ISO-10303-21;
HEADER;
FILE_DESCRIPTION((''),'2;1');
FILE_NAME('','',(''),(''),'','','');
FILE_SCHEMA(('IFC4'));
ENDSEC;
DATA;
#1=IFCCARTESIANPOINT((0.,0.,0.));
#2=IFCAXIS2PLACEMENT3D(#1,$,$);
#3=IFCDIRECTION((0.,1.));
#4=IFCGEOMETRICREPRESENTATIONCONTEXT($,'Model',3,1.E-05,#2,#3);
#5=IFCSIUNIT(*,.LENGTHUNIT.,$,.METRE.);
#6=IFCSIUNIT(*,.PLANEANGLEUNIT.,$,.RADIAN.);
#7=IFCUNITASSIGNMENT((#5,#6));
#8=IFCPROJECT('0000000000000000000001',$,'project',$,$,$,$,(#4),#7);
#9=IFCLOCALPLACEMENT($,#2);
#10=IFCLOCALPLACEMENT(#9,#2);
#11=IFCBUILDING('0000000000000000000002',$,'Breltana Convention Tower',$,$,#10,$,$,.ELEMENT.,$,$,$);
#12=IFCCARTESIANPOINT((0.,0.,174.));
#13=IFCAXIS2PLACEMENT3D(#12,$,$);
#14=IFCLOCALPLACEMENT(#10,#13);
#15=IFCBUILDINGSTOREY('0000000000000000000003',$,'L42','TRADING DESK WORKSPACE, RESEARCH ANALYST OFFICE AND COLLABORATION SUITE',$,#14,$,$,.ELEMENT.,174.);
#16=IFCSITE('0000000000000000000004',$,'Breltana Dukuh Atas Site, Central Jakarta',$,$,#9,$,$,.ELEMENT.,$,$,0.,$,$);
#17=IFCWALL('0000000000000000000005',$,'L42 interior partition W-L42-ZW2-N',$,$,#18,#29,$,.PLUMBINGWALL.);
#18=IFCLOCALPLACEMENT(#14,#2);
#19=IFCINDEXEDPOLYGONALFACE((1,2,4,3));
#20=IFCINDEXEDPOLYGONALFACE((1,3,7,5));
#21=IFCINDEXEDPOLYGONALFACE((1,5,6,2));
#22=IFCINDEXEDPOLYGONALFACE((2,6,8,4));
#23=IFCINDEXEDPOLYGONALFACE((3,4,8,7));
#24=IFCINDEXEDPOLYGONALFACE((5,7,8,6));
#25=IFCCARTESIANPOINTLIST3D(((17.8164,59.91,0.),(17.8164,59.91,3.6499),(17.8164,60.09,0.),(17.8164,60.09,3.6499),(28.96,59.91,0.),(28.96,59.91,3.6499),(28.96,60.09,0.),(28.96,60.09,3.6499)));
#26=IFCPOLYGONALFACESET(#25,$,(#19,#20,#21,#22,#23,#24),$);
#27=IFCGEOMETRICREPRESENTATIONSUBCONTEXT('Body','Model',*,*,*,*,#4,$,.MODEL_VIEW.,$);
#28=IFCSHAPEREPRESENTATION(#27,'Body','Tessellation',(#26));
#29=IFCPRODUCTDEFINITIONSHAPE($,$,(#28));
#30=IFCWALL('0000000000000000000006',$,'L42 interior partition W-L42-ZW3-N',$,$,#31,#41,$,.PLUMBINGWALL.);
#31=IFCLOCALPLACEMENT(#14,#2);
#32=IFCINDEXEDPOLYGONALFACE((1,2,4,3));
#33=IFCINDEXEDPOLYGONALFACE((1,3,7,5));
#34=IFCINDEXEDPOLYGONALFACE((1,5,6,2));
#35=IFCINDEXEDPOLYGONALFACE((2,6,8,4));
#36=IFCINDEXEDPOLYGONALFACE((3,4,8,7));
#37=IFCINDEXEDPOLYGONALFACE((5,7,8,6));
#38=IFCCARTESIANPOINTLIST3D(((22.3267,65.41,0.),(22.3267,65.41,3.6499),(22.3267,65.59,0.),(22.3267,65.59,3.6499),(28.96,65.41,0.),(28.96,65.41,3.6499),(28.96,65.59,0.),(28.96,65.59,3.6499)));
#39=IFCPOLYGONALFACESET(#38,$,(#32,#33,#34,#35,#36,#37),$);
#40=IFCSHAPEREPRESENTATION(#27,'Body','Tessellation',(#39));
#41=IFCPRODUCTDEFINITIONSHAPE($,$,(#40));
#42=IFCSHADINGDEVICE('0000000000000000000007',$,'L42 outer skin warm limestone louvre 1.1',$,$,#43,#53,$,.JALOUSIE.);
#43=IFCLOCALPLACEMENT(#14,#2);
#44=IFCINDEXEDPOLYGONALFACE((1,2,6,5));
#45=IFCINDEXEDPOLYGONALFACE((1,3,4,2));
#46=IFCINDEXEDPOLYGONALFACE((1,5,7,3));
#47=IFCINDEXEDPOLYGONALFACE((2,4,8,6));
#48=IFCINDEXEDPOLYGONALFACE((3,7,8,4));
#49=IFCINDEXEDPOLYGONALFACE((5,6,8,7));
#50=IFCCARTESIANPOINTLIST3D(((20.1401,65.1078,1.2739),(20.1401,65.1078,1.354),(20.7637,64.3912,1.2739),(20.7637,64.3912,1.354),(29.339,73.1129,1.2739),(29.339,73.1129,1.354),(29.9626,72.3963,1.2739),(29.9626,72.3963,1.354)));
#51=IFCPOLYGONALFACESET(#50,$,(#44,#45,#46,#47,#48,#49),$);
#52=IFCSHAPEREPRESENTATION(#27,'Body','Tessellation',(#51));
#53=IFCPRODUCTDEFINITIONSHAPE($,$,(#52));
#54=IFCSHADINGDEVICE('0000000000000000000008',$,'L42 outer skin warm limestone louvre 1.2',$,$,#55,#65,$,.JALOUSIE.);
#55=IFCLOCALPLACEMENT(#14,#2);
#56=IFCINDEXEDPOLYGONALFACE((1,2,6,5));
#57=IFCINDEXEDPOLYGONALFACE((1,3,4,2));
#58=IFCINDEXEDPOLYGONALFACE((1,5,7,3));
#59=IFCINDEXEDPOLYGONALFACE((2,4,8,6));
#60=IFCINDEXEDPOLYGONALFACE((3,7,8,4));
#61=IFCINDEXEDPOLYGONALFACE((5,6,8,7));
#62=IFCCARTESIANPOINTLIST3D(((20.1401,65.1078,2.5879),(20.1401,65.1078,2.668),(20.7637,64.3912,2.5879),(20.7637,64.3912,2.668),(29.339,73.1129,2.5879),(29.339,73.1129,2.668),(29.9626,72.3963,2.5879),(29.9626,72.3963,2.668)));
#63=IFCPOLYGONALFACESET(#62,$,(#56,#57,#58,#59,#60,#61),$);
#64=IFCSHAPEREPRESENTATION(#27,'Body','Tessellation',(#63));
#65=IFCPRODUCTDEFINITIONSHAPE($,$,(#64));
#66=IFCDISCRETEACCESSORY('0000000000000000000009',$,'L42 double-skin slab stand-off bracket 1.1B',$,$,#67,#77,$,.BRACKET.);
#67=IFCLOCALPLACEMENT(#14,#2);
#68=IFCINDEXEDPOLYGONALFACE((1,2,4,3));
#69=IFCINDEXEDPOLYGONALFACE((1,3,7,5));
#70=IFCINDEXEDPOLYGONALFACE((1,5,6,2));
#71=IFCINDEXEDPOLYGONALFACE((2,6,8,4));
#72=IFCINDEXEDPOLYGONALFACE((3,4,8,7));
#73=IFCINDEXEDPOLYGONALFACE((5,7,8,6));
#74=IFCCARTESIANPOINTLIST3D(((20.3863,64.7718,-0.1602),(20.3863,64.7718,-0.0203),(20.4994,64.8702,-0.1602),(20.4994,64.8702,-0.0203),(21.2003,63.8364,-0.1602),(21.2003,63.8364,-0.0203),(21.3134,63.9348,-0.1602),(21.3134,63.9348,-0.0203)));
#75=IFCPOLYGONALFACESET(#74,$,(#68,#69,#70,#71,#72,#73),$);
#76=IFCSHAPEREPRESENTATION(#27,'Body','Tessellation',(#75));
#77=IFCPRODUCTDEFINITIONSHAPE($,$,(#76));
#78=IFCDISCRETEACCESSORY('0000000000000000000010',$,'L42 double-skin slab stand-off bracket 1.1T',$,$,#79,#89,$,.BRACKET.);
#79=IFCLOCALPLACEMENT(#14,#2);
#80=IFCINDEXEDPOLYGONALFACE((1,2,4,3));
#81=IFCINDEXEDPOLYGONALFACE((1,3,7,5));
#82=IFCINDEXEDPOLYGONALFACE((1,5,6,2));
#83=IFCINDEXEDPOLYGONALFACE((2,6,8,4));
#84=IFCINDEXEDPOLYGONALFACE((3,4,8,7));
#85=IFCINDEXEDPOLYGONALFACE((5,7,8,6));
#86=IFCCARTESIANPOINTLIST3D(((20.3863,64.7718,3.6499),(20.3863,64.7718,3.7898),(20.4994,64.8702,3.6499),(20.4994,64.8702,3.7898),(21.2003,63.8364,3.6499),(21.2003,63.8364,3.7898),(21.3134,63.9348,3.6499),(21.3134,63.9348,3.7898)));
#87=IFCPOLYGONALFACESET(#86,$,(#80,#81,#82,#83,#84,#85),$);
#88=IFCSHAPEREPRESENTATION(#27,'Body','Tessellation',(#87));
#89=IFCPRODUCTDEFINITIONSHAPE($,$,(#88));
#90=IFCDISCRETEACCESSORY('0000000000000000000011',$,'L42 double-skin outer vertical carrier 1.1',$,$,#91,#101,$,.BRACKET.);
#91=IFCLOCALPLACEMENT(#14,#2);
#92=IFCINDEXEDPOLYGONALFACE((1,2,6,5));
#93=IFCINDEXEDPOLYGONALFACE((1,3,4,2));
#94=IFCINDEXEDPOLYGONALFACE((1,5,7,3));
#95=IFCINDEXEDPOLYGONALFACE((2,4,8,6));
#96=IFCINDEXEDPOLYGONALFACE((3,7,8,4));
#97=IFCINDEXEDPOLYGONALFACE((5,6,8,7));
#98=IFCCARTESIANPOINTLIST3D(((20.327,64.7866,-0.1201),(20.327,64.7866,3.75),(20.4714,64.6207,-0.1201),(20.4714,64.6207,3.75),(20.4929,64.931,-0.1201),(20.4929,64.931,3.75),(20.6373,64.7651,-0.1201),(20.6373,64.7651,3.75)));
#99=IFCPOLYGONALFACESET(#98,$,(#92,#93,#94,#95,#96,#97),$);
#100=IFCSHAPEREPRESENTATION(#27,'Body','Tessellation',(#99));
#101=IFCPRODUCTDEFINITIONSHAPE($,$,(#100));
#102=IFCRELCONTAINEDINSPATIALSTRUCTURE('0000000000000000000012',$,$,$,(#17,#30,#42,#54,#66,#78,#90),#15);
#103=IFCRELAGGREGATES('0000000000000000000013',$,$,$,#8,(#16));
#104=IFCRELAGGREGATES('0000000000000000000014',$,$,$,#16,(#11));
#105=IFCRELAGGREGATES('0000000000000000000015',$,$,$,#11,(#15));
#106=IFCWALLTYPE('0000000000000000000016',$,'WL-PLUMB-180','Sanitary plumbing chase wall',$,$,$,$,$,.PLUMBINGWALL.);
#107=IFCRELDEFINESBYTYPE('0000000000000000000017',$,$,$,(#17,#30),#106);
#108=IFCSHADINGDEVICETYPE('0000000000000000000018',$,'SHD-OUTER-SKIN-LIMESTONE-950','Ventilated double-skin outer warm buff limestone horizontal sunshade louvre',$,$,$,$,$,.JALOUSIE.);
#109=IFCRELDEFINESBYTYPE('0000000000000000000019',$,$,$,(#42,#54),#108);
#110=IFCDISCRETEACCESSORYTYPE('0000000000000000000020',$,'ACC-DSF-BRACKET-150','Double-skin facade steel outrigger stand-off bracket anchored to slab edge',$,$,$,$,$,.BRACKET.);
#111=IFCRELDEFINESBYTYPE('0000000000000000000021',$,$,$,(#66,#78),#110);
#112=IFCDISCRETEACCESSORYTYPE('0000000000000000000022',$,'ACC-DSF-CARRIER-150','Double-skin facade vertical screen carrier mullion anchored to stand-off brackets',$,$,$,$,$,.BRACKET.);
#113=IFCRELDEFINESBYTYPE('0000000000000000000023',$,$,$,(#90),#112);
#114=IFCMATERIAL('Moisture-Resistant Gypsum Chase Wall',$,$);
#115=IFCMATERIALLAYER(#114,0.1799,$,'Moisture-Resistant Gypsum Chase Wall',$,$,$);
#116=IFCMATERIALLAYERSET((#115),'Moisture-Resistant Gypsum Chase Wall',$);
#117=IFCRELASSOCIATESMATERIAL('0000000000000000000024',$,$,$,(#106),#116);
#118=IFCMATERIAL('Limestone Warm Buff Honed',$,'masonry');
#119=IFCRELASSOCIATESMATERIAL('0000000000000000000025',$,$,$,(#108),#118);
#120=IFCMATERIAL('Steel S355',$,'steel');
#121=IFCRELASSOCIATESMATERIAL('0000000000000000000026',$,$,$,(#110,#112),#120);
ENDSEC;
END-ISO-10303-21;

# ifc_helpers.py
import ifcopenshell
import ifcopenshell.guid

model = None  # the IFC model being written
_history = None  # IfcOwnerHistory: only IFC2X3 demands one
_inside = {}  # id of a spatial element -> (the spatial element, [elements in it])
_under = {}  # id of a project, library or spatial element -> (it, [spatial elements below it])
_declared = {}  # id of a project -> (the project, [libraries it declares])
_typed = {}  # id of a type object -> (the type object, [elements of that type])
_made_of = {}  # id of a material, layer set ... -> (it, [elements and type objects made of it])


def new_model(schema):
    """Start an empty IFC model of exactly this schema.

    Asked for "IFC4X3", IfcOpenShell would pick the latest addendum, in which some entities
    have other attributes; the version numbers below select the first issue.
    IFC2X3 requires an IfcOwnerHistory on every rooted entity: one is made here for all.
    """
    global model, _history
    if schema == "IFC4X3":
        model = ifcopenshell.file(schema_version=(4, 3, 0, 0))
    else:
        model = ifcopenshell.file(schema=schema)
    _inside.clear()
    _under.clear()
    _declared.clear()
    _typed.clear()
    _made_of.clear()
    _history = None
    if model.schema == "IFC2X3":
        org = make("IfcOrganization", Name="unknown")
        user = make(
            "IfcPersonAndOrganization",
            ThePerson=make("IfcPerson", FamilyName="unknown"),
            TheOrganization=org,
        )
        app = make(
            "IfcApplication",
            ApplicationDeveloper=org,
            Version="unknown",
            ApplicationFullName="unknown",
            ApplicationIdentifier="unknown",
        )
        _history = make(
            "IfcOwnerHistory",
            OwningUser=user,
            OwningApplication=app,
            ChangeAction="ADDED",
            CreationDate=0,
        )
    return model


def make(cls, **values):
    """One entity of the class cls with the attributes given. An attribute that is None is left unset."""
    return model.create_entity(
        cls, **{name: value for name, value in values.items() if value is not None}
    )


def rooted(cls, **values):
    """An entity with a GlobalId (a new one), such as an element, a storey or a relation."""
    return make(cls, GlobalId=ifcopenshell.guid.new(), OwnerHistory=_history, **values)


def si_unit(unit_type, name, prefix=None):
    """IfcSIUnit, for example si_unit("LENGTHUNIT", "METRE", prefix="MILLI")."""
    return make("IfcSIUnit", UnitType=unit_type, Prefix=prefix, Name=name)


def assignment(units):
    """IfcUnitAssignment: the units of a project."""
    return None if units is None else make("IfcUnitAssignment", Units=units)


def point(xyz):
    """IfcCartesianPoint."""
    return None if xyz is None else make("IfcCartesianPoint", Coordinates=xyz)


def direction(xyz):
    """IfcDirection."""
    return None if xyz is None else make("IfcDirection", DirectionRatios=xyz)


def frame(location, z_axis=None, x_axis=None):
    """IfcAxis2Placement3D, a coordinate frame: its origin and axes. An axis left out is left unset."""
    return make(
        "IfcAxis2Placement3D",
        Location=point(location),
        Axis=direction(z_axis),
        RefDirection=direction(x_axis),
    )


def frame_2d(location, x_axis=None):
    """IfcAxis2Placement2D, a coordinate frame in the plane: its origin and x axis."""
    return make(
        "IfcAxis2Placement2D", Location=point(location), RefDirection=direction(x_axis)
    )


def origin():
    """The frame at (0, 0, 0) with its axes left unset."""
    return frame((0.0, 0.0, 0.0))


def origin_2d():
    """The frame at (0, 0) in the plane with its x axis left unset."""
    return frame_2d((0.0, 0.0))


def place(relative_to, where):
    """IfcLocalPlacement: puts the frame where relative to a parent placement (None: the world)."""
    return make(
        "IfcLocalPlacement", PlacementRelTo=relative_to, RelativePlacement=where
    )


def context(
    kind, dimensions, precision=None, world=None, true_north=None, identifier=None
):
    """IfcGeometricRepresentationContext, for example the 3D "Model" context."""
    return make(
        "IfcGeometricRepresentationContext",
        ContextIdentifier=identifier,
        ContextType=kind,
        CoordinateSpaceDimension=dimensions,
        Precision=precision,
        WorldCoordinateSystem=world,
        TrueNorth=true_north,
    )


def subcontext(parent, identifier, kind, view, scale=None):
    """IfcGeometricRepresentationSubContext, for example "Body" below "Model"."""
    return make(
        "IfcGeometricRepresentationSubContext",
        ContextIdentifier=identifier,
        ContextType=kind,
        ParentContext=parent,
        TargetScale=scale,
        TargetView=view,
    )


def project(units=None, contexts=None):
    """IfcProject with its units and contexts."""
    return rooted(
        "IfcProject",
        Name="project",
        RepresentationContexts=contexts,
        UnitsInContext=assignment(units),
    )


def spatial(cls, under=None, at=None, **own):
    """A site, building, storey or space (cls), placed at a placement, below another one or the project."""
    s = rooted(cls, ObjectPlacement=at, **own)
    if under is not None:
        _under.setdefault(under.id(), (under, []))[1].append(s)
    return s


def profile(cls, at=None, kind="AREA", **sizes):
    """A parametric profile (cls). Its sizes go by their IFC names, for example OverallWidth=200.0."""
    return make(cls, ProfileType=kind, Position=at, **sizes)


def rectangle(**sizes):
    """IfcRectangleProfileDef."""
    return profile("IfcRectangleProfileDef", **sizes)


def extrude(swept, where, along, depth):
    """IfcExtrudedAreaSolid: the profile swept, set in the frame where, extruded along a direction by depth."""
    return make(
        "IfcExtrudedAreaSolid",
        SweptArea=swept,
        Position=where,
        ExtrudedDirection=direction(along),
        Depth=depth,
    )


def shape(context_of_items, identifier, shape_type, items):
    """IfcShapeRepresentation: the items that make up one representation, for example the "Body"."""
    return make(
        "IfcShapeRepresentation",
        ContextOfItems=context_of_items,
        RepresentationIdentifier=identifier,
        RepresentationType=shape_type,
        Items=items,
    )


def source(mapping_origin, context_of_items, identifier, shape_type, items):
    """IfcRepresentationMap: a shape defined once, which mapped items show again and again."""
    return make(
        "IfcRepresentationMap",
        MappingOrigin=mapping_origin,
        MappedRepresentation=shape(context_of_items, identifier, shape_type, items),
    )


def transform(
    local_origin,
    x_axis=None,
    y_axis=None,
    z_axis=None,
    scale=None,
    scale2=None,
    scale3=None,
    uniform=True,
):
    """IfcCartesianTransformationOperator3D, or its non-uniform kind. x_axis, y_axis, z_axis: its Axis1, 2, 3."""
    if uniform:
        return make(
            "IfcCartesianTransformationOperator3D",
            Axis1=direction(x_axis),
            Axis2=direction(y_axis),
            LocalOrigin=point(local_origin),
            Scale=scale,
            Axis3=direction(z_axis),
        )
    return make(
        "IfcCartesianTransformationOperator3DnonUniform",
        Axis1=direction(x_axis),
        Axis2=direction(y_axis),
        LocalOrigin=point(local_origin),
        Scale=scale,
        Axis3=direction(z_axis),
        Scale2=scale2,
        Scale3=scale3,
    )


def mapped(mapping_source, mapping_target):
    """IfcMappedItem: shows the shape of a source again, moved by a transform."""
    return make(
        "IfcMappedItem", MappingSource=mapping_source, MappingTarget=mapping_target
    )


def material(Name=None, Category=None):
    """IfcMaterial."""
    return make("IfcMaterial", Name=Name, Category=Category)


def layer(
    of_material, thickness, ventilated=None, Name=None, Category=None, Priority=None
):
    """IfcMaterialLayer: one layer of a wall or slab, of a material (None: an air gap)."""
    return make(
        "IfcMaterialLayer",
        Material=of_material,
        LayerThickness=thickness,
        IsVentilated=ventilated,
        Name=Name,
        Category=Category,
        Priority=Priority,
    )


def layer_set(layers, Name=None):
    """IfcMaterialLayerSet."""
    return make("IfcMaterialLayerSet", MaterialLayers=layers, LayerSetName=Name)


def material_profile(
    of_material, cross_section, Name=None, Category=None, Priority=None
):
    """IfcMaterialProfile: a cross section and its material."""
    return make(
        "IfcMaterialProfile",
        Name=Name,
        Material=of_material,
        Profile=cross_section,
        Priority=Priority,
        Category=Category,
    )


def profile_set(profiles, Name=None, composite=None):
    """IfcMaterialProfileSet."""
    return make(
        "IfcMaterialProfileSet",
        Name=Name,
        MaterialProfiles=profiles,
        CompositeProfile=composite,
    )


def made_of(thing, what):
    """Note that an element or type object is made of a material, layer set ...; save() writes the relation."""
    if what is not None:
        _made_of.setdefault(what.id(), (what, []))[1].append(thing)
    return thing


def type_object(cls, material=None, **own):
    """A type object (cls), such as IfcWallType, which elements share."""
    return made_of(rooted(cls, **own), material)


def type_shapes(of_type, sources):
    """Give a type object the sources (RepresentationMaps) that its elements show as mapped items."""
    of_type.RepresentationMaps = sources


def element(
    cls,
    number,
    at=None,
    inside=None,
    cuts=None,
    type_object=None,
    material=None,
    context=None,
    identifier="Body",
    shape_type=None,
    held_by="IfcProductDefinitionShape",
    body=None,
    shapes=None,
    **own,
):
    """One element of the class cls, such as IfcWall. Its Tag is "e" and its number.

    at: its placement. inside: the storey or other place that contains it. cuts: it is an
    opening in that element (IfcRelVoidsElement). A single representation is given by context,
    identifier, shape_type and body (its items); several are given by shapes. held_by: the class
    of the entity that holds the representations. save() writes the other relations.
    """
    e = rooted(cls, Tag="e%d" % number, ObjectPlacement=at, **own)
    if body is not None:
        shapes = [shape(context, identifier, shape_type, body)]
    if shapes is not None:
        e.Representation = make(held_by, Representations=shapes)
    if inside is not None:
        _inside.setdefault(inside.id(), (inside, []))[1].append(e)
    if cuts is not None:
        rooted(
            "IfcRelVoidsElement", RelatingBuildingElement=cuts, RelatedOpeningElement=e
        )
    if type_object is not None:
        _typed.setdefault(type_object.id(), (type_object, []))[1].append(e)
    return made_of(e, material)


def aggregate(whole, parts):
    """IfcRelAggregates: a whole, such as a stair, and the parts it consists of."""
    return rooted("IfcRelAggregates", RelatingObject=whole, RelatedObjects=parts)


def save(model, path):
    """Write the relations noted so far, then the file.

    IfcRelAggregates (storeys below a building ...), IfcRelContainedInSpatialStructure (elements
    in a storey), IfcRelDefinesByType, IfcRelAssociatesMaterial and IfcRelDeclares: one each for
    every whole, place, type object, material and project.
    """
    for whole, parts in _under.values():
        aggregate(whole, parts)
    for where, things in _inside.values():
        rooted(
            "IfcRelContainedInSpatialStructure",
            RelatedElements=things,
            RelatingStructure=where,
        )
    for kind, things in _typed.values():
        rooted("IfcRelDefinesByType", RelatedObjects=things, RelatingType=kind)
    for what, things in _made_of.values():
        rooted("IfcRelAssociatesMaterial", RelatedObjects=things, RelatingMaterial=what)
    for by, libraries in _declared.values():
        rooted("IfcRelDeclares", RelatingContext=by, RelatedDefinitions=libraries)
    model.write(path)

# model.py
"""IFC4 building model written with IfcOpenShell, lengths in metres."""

from ifc_helpers import new_model, si_unit, direction, frame, frame_2d, origin, origin_2d, place, context, subcontext, project, spatial, rectangle, extrude, source, transform, mapped, material, layer, layer_set, material_profile, profile_set, type_object, type_shapes, element, save


model = new_model("IFC4")

# Units and contexts
model_context = context("Model", 3, precision=1e-05, world=origin(), true_north=direction((0.0, 1.0)))
body_context = subcontext(model_context, "Body", "Model", "MODEL_VIEW")
ifc_project = project(units=[si_unit("LENGTHUNIT", "METRE"), si_unit("PLANEANGLEUNIT", "RADIAN")], contexts=[model_context])

# Site, building, storey
site_placement = place(None, origin())
site = spatial("IfcSite", under=ifc_project, at=site_placement, Name="Breltana Dukuh Atas Site, Central Jakarta", CompositionType="ELEMENT", RefElevation=0.0)
building_placement = place(site_placement, origin())
building = spatial("IfcBuilding", under=site, at=building_placement, Name="Breltana Convention Tower", CompositionType="ELEMENT")
storey_placement = place(building_placement, frame((0.0, 0.0, 174.0)))
storey = spatial("IfcBuildingStorey", under=building, at=storey_placement, Name="L42", Description="TRADING DESK WORKSPACE, RESEARCH ANALYST OFFICE AND COLLABORATION SUITE", CompositionType="ELEMENT", Elevation=174.0)

# Walls
ifc_material_1 = material(Name="Moisture-Resistant Gypsum Chase Wall")
ifc_layer_1 = layer(ifc_material_1, 0.1799, Name="Moisture-Resistant Gypsum Chase Wall")
ifc_layer_set_1 = layer_set([ifc_layer_1], Name="Moisture-Resistant Gypsum Chase Wall")
wall_type_1 = type_object("IfcWallType", Name="WL-PLUMB-180", Description="Sanitary plumbing chase wall", PredefinedType="PLUMBINGWALL", material=ifc_layer_set_1)
shared_shape_1 = source(origin(), body_context, "Body", "SweptSolid", [
    extrude(rectangle(XDim=11.1436, YDim=0.1799, at=frame_2d((5.5718, 0.0))), origin(), (0.0, 0.0, 1.0), 3.6499),
])
wall_1_placement = place(storey_placement, frame((17.8164, 60.0, 0.0), z_axis=(0.0, 0.0, 1.0), x_axis=(1.0, 0.0, 0.0)))
element("IfcWall", 1, at=wall_1_placement, inside=storey, type_object=wall_type_1, Name="L42 interior partition W-L42-ZW2-N", PredefinedType="PLUMBINGWALL", context=body_context, shape_type="MappedRepresentation", body=[
    mapped(shared_shape_1, transform((0.0, 0.0, 0.0), scale=1.0)),
])
shared_shape_2 = source(origin(), body_context, "Body", "SweptSolid", [
    extrude(rectangle(XDim=6.6333, YDim=0.1799, at=frame_2d((3.3167, 0.0))), origin(), (0.0, 0.0, 1.0), 3.6499),
])
wall_2_placement = place(storey_placement, frame((22.3267, 65.5, 0.0), z_axis=(0.0, 0.0, 1.0), x_axis=(1.0, 0.0, 0.0)))
element("IfcWall", 2, at=wall_2_placement, inside=storey, type_object=wall_type_1, Name="L42 interior partition W-L42-ZW3-N", PredefinedType="PLUMBINGWALL", context=body_context, shape_type="MappedRepresentation", body=[
    mapped(shared_shape_2, transform((0.0, 0.0, 0.0), scale=1.0)),
])

# Shading devices
ifc_material_2 = material(Name="Limestone Warm Buff Honed", Category="masonry")
ifc_material_profile_1 = material_profile(ifc_material_2, rectangle(XDim=0.95, YDim=0.0801, at=origin_2d()), Name="STN-LVR-950X80")
ifc_profile_set_1 = profile_set([ifc_material_profile_1], Name="Limestone Warm Buff Honed")
shading_device_type = type_object("IfcShadingDeviceType", Name="SHD-OUTER-SKIN-LIMESTONE-950", Description="Ventilated double-skin outer warm buff limestone horizontal sunshade louvre", PredefinedType="JALOUSIE", material=ifc_profile_set_1)
shared_shape_3 = source(origin(), body_context, "Body", "SweptSolid", [
    extrude(rectangle(XDim=0.95, YDim=0.0801, at=origin_2d()), origin(), (0.0, 0.0, 1.0), 12.1943),
])
type_shapes(shading_device_type, [shared_shape_3])
for number, where, z_axis, x_axis, name in (
    (3, (20.4519, 64.7495, 1.314), (0.754361, 0.65646, 0.0), (-0.65646, 0.754361, 0.0), "L42 outer skin warm limestone louvre 1.1"),
    (4, (20.4519, 64.7495, 2.6279), (0.754361, 0.65646, 0.0), (-0.65646, 0.754361, 0.0), "L42 outer skin warm limestone louvre 1.2"),
):
    element("IfcShadingDevice", number, at=place(storey_placement, frame(where, z_axis=z_axis, x_axis=x_axis)), inside=storey, type_object=shading_device_type, Name=name, PredefinedType="JALOUSIE", context=body_context, shape_type="MappedRepresentation", body=[
        mapped(shared_shape_3, transform((0.0, 0.0, 0.0), scale=1.0)),
    ])

# Discrete accessories
ifc_material_3 = material(Name="Steel S355", Category="steel")
discrete_accessory_type_1 = type_object("IfcDiscreteAccessoryType", Name="ACC-DSF-BRACKET-150", Description="Double-skin facade steel outrigger stand-off bracket anchored to slab edge", PredefinedType="BRACKET", material=ifc_material_3)
shared_shape_4 = source(origin(), body_context, "Body", "SweptSolid", [
    extrude(rectangle(XDim=1.24, YDim=0.1499, at=origin_2d()), origin(), (0.0, 0.0, 1.0), 0.1399),
])
type_shapes(discrete_accessory_type_1, [shared_shape_4])
for number, where, z_axis, x_axis, name in (
    (5, (20.8499, 64.3533, -0.1602), (0.0, 0.0, 1.0), (-0.656456, 0.754365, 0.0), "L42 double-skin slab stand-off bracket 1.1B"),
    (6, (20.8499, 64.3533, 3.6499), (0.0, 0.0, 1.0), (-0.656456, 0.754365, 0.0), "L42 double-skin slab stand-off bracket 1.1T"),
):
    element("IfcDiscreteAccessory", number, at=place(storey_placement, frame(where, z_axis=z_axis, x_axis=x_axis)), inside=storey, type_object=discrete_accessory_type_1, Name=name, PredefinedType="BRACKET", context=body_context, shape_type="MappedRepresentation", body=[
        mapped(shared_shape_4, transform((0.0, 0.0, 0.0), scale=1.0)),
    ])
discrete_accessory_type_2 = type_object("IfcDiscreteAccessoryType", Name="ACC-DSF-CARRIER-150", Description="Double-skin facade vertical screen carrier mullion anchored to stand-off brackets", PredefinedType="BRACKET", material=ifc_material_3)
shared_shape_5 = source(origin(), body_context, "Body", "SweptSolid", [
    extrude(rectangle(XDim=0.22, YDim=0.22, at=origin_2d()), origin(), (0.0, 0.0, 1.0), 3.8701),
])
discrete_accessory_placement = place(storey_placement, frame((20.4822, 64.7759, -0.1201), z_axis=(0.0, 0.0, 1.0), x_axis=(-0.656456, 0.754365, 0.0)))
element("IfcDiscreteAccessory", 7, at=discrete_accessory_placement, inside=storey, type_object=discrete_accessory_type_2, Name="L42 double-skin outer vertical carrier 1.1", PredefinedType="BRACKET", context=body_context, shape_type="MappedRepresentation", body=[
    mapped(shared_shape_5, transform((0.0, 0.0, 0.0), scale=1.0)),
])

save(model, "model.ifc")
